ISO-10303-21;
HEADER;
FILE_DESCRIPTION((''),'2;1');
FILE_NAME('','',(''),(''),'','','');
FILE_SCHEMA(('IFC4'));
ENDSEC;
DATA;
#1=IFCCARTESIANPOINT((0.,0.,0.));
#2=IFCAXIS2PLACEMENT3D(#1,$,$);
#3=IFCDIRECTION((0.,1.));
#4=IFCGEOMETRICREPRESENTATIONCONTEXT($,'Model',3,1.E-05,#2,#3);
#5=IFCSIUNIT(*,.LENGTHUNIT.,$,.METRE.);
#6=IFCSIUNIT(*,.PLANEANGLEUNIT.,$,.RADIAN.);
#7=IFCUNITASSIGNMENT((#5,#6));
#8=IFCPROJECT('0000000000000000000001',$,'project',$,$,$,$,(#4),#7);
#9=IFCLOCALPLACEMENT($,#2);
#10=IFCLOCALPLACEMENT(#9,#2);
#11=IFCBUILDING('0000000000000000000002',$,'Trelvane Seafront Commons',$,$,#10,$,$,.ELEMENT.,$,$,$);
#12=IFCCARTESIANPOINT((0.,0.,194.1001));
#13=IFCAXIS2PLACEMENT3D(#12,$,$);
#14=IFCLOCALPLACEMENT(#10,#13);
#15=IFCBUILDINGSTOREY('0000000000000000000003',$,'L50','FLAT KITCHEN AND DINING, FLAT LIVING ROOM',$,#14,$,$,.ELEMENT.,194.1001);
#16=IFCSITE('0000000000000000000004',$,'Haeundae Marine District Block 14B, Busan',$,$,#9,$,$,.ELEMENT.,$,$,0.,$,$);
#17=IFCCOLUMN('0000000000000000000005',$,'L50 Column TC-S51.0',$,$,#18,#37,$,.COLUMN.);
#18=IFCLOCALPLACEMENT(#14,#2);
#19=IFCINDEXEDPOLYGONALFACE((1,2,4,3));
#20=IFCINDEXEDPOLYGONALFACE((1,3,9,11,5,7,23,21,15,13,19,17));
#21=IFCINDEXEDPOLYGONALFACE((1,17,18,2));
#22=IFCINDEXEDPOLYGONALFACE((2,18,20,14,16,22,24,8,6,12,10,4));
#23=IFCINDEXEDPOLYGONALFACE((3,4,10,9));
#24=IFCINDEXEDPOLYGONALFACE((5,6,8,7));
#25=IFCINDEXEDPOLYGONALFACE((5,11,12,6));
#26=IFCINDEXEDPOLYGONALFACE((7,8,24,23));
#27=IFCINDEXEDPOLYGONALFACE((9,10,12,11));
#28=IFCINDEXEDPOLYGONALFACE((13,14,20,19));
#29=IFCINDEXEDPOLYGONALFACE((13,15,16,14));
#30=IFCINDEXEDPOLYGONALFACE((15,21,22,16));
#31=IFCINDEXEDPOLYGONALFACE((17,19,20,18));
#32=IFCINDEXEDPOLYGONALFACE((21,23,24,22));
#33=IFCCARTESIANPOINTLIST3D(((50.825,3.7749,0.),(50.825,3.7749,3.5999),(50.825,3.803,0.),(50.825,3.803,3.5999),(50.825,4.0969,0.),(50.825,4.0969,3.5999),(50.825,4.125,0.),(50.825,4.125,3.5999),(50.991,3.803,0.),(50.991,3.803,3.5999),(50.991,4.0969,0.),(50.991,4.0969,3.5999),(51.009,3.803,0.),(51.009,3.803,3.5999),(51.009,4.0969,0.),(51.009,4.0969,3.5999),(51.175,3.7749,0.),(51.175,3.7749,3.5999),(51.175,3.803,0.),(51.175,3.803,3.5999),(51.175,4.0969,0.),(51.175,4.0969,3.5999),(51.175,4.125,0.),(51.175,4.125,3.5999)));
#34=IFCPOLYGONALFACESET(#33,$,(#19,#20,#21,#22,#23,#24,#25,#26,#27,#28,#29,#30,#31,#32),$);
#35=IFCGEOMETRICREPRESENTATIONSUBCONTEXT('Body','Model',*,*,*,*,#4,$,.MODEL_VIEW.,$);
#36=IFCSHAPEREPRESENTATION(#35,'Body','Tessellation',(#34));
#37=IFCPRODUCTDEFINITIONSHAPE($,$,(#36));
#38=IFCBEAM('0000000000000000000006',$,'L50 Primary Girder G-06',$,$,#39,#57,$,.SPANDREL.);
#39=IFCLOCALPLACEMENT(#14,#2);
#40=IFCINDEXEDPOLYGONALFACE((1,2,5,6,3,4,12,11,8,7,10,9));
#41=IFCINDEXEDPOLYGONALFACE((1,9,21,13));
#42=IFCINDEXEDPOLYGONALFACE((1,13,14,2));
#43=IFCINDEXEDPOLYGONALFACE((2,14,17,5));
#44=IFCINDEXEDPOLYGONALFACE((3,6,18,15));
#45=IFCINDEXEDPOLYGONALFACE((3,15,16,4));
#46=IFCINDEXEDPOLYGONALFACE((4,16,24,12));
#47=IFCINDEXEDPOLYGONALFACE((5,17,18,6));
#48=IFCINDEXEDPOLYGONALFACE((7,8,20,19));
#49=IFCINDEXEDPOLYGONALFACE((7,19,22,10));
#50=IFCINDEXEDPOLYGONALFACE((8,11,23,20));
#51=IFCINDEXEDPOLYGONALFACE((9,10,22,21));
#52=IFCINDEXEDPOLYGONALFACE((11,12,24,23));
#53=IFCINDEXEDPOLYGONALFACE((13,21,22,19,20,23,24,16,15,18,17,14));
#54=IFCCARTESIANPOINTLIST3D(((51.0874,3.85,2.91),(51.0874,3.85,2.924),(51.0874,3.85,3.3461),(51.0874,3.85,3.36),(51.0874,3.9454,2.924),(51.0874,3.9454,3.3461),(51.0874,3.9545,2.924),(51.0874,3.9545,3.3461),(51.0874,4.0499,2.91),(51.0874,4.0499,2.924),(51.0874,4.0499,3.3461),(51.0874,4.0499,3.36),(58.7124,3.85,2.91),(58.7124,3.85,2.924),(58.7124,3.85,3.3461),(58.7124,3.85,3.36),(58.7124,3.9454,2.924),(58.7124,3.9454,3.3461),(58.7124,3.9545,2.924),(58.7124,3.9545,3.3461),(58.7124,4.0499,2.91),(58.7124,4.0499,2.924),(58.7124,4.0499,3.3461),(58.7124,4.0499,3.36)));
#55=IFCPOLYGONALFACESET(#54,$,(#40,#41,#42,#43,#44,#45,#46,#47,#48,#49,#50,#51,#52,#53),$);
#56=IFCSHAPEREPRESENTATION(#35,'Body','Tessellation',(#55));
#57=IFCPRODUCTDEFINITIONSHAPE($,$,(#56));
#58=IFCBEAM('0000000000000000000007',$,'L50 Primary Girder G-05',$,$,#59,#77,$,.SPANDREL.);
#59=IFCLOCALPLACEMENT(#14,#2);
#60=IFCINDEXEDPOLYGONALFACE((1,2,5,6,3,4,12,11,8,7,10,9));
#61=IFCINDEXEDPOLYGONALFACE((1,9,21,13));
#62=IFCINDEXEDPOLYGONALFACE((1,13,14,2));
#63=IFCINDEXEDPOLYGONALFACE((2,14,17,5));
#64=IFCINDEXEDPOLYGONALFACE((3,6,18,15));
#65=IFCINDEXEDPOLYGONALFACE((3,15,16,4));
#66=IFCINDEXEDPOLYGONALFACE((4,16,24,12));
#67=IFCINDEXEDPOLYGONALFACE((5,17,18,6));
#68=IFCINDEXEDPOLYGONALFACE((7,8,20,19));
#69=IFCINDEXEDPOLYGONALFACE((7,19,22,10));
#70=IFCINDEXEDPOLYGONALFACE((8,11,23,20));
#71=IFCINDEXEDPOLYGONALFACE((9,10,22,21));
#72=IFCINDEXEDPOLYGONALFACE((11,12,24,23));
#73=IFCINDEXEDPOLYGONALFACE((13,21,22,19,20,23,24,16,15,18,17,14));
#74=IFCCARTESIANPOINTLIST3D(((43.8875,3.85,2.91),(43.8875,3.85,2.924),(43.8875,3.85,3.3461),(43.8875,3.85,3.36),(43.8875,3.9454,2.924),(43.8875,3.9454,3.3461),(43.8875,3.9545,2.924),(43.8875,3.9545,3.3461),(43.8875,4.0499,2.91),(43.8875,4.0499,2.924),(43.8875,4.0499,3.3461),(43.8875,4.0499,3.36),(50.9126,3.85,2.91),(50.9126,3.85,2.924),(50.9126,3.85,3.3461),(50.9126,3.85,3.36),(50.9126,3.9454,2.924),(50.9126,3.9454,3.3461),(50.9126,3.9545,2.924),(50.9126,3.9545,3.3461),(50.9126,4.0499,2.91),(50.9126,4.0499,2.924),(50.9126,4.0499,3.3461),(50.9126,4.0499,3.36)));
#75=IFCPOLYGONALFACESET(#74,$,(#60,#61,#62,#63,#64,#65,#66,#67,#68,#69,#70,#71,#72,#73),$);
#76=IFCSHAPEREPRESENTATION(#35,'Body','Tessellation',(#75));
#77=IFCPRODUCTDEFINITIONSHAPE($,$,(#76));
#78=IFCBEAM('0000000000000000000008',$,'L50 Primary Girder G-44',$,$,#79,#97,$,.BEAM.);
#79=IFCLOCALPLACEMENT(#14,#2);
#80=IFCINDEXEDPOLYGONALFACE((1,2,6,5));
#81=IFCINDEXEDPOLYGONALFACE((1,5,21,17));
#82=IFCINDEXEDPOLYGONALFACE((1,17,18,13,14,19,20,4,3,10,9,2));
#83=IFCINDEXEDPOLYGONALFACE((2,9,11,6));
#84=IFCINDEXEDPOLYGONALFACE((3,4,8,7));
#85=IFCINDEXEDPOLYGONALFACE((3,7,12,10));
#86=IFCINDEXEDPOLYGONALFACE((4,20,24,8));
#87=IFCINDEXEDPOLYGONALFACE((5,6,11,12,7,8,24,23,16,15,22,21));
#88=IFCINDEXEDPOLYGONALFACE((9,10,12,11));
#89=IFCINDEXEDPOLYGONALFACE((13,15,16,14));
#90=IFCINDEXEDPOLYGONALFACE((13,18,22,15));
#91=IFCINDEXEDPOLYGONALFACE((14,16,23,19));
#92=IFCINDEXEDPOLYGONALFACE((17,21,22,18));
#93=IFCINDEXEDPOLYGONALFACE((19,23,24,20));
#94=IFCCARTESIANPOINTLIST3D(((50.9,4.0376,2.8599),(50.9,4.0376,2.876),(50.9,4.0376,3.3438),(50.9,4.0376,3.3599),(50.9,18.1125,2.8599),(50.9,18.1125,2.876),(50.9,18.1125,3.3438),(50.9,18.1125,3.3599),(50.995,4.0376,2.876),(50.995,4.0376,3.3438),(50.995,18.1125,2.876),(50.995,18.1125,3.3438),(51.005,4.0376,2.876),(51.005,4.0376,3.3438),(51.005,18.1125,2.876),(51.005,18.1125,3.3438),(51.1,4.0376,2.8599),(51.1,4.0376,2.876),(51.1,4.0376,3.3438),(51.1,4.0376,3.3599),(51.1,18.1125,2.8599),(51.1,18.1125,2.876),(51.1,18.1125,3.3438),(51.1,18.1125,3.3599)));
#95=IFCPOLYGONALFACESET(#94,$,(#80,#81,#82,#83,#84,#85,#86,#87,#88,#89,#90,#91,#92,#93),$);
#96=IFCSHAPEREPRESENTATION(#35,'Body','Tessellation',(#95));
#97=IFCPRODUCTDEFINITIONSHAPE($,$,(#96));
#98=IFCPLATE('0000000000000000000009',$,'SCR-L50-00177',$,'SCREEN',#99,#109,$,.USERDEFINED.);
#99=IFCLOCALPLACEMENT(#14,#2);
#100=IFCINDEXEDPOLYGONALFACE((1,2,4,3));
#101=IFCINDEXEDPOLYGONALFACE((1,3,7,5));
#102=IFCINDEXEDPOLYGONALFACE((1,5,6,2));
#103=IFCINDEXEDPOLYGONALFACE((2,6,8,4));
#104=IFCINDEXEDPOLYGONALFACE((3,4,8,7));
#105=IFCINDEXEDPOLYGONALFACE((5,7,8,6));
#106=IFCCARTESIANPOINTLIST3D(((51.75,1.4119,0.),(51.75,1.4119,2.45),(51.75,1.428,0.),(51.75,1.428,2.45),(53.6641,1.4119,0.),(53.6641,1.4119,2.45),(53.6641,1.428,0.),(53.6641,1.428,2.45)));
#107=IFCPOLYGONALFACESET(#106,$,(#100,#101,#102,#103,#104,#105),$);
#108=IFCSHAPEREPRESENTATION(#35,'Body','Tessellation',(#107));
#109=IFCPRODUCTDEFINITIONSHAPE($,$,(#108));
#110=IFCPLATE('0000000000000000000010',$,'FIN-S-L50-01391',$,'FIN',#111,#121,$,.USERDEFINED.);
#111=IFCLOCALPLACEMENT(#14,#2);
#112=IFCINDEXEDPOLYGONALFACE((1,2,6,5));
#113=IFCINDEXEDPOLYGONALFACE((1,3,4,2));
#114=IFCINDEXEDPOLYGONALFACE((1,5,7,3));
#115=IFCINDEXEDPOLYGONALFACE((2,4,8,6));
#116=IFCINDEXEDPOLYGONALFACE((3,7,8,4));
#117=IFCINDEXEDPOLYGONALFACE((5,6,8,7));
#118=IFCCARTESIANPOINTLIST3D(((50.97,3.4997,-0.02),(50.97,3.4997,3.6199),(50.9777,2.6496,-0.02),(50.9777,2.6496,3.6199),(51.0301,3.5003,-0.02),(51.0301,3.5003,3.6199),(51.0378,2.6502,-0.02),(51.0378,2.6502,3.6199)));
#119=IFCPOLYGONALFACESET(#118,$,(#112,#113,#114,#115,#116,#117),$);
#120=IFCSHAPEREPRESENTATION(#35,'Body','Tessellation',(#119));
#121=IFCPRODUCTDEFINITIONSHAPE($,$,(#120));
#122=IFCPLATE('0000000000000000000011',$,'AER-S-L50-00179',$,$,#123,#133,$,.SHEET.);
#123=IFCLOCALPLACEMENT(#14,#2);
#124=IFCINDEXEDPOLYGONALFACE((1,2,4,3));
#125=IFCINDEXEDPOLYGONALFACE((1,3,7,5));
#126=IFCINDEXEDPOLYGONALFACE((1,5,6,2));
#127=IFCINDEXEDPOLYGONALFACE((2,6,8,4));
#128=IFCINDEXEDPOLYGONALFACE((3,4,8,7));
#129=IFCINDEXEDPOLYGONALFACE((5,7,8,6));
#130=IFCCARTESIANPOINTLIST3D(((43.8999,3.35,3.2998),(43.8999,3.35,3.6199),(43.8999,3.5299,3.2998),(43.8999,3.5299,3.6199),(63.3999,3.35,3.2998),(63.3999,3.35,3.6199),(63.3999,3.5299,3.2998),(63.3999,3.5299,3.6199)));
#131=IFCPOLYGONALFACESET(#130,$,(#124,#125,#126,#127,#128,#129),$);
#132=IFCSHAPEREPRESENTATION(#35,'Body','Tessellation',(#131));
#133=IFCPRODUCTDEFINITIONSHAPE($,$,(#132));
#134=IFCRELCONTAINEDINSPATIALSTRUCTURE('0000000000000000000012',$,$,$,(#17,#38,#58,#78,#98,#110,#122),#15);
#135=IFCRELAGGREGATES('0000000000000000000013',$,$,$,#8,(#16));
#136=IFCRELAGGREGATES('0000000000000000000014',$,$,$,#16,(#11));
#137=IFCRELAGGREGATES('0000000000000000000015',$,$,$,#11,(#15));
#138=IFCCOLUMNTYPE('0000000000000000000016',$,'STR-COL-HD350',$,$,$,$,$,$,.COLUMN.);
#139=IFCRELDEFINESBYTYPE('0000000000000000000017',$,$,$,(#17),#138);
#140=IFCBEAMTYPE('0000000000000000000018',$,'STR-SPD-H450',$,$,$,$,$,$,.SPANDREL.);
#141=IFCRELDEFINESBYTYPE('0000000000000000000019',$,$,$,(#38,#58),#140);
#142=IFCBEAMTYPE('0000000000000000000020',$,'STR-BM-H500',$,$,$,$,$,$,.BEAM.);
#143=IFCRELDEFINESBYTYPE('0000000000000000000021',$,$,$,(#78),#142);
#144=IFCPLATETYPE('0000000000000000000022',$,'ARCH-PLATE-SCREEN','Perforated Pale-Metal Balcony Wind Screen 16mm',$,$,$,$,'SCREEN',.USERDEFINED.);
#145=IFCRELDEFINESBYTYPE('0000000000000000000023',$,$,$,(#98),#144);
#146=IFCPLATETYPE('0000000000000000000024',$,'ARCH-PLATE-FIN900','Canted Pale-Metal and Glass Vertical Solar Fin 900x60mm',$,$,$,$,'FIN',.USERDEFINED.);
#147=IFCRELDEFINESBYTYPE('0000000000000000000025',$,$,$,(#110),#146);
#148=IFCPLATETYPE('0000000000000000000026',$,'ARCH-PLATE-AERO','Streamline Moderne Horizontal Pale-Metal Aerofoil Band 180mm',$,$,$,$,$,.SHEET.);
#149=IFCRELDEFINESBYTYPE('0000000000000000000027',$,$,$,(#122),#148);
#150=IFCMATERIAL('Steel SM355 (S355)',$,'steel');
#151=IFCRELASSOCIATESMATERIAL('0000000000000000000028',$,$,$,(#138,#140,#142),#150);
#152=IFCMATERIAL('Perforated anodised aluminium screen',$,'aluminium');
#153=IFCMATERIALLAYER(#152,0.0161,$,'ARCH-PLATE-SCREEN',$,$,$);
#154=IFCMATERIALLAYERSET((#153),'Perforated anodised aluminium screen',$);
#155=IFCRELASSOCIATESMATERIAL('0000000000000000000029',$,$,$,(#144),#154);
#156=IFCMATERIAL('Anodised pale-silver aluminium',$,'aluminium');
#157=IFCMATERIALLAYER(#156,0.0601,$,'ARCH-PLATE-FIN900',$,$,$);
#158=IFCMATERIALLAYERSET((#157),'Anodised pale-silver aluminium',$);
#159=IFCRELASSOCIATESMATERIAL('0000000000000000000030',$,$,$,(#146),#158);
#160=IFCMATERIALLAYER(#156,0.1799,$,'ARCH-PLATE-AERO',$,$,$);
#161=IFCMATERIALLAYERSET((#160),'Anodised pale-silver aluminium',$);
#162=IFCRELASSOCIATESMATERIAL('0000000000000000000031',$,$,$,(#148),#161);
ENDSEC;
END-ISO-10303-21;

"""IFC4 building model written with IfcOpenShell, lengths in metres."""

from ifc_helpers import new_model, si_unit, direction, frame, origin, origin_2d, place, context, subcontext, project, spatial, rectangle, i_section, extrude, source, transform, mapped, material, layer, layer_set, material_profile, profile_set, type_object, element, save


model = new_model("IFC4")

# Units and contexts
model_context = context("Model", 3, precision=1e-05, world=origin(), true_north=direction((0.0, 1.0)))
body_context = subcontext(model_context, "Body", "Model", "MODEL_VIEW")
ifc_project = project(units=[si_unit("LENGTHUNIT", "METRE"), si_unit("PLANEANGLEUNIT", "RADIAN")], contexts=[model_context])

# Site, building, storey
site_placement = place(None, origin())
site = spatial("IfcSite", under=ifc_project, at=site_placement, Name="Haeundae Marine District Block 14B, Busan", CompositionType="ELEMENT", RefElevation=0.0)
building_placement = place(site_placement, origin())
building = spatial("IfcBuilding", under=site, at=building_placement, Name="Trelvane Seafront Commons", CompositionType="ELEMENT")
storey_placement = place(building_placement, frame((0.0, 0.0, 194.1001)))
storey = spatial("IfcBuildingStorey", under=building, at=storey_placement, Name="L50", Description="FLAT KITCHEN AND DINING, FLAT LIVING ROOM", CompositionType="ELEMENT", Elevation=194.1001)

# Column
ifc_material_1 = material(Name="Steel SM355 (S355)", Category="steel")
ifc_material_profile_1 = material_profile(ifc_material_1, i_section(OverallWidth=0.3501, OverallDepth=0.3501, WebThickness=0.0181, FlangeThickness=0.0281, at=origin_2d()), Name="HD-350x350x18x28")
ifc_profile_set_1 = profile_set([ifc_material_profile_1], Name="Steel SM355 (S355)")
column_type = type_object("IfcColumnType", Name="STR-COL-HD350", PredefinedType="COLUMN", material=ifc_profile_set_1)
shared_shape_1 = source(origin(), body_context, "Body", "SweptSolid", [
    extrude(i_section(OverallWidth=0.3501, OverallDepth=0.3501, WebThickness=0.0181, FlangeThickness=0.0281, at=origin_2d()), origin(), (0.0, 0.0, 1.0), 3.5999),
])
column_placement = place(storey_placement, frame((51.0, 3.95, 0.0), z_axis=(0.0, 0.0, 1.0), x_axis=(1.0, 0.0, 0.0)))
element("IfcColumn", 1, at=column_placement, inside=storey, type_object=column_type, Name="L50 Column TC-S51.0", PredefinedType="COLUMN", context=body_context, shape_type="MappedRepresentation", body=[
    mapped(shared_shape_1, transform((0.0, 0.0, 0.0), x_axis=(1.0, 0.0, 0.0), y_axis=(0.0, 1.0, 0.0), z_axis=(0.0, 0.0, 1.0), scale=1.0)),
])

# Beams
ifc_material_profile_2 = material_profile(ifc_material_1, i_section(OverallWidth=0.2, OverallDepth=0.45, WebThickness=0.009, FlangeThickness=0.0139, at=origin_2d()), Name="H-450x200x9x14")
ifc_profile_set_2 = profile_set([ifc_material_profile_2], Name="Steel SM355 (S355)")
beam_type_1 = type_object("IfcBeamType", Name="STR-SPD-H450", PredefinedType="SPANDREL", material=ifc_profile_set_2)
shared_shape_2 = source(origin(), body_context, "Body", "SweptSolid", [
    extrude(i_section(OverallWidth=0.2, OverallDepth=0.45, WebThickness=0.009, FlangeThickness=0.0139, at=origin_2d()), origin(), (0.0, 0.0, 1.0), 7.625),
])
beam_1_placement = place(storey_placement, frame((51.0874, 3.95, 3.135), z_axis=(1.0, 0.0, 0.0), x_axis=(0.0, 1.0, 0.0)))
element("IfcBeam", 2, at=beam_1_placement, inside=storey, type_object=beam_type_1, Name="L50 Primary Girder G-06", PredefinedType="SPANDREL", context=body_context, shape_type="MappedRepresentation", body=[
    mapped(shared_shape_2, transform((0.0, 0.0, 0.0), x_axis=(1.0, 0.0, 0.0), y_axis=(0.0, 1.0, 0.0), z_axis=(0.0, 0.0, 1.0), scale=1.0)),
])
shared_shape_3 = source(origin(), body_context, "Body", "SweptSolid", [
    extrude(i_section(OverallWidth=0.2, OverallDepth=0.45, WebThickness=0.009, FlangeThickness=0.0139, at=origin_2d()), origin(), (0.0, 0.0, 1.0), 7.0251),
])
beam_2_placement = place(storey_placement, frame((43.8875, 3.95, 3.135), z_axis=(1.0, 0.0, 0.0), x_axis=(0.0, 1.0, 0.0)))
element("IfcBeam", 3, at=beam_2_placement, inside=storey, type_object=beam_type_1, Name="L50 Primary Girder G-05", PredefinedType="SPANDREL", context=body_context, shape_type="MappedRepresentation", body=[
    mapped(shared_shape_3, transform((0.0, 0.0, 0.0), x_axis=(1.0, 0.0, 0.0), y_axis=(0.0, 1.0, 0.0), z_axis=(0.0, 0.0, 1.0), scale=1.0)),
])
ifc_material_profile_3 = material_profile(ifc_material_1, i_section(OverallWidth=0.2, OverallDepth=0.5, WebThickness=0.01, FlangeThickness=0.0161, at=origin_2d()), Name="H-500x200x10x16")
ifc_profile_set_3 = profile_set([ifc_material_profile_3], Name="Steel SM355 (S355)")
beam_type_2 = type_object("IfcBeamType", Name="STR-BM-H500", PredefinedType="BEAM", material=ifc_profile_set_3)
shared_shape_4 = source(origin(), body_context, "Body", "SweptSolid", [
    extrude(i_section(OverallWidth=0.2, OverallDepth=0.5, WebThickness=0.01, FlangeThickness=0.0161, at=origin_2d()), origin(), (0.0, 0.0, 1.0), 14.075),
])
beam_3_placement = place(storey_placement, frame((51.0, 4.0376, 3.1099), z_axis=(0.0, 1.0, 0.0), x_axis=(-1.0, 0.0, 0.0)))
element("IfcBeam", 4, at=beam_3_placement, inside=storey, type_object=beam_type_2, Name="L50 Primary Girder G-44", PredefinedType="BEAM", context=body_context, shape_type="MappedRepresentation", body=[
    mapped(shared_shape_4, transform((0.0, 0.0, 0.0), x_axis=(1.0, 0.0, 0.0), y_axis=(0.0, 1.0, 0.0), z_axis=(0.0, 0.0, 1.0), scale=1.0)),
])

# Plates
ifc_material_2 = material(Name="Perforated anodised aluminium screen", Category="aluminium")
ifc_layer_1 = layer(ifc_material_2, 0.0161, Name="ARCH-PLATE-SCREEN")
ifc_layer_set_1 = layer_set([ifc_layer_1], Name="Perforated anodised aluminium screen")
plate_type_1 = type_object("IfcPlateType", Name="ARCH-PLATE-SCREEN", Description="Perforated Pale-Metal Balcony Wind Screen 16mm", ElementType="SCREEN", PredefinedType="USERDEFINED", material=ifc_layer_set_1)
shared_shape_5 = source(origin(), body_context, "Body", "SweptSolid", [
    extrude(rectangle(XDim=1.9141, YDim=0.0161, at=origin_2d()), origin(), (0.0, 0.0, 1.0), 2.45),
])
plate_1_placement = place(storey_placement, frame((52.707, 1.4199, 0.0), z_axis=(0.0, 0.0, 1.0), x_axis=(1.0, 0.0, 0.0)))
element("IfcPlate", 5, at=plate_1_placement, inside=storey, type_object=plate_type_1, Name="SCR-L50-00177", ObjectType="SCREEN", PredefinedType="USERDEFINED", context=body_context, shape_type="MappedRepresentation", body=[
    mapped(shared_shape_5, transform((0.0, 0.0, 0.0), x_axis=(1.0, 0.0, 0.0), y_axis=(0.0, 1.0, 0.0), z_axis=(0.0, 0.0, 1.0), scale=1.0)),
])
ifc_material_3 = material(Name="Anodised pale-silver aluminium", Category="aluminium")
ifc_layer_2 = layer(ifc_material_3, 0.0601, Name="ARCH-PLATE-FIN900")
ifc_layer_set_2 = layer_set([ifc_layer_2], Name="Anodised pale-silver aluminium")
plate_type_2 = type_object("IfcPlateType", Name="ARCH-PLATE-FIN900", Description="Canted Pale-Metal and Glass Vertical Solar Fin 900x60mm", ElementType="FIN", PredefinedType="USERDEFINED", material=ifc_layer_set_2)
shared_shape_6 = source(origin(), body_context, "Body", "SweptSolid", [
    extrude(rectangle(XDim=0.8501, YDim=0.0601, at=origin_2d()), origin(), (0.0, 0.0, 1.0), 3.6399),
])
plate_2_placement = place(storey_placement, frame((51.0039, 3.075, -0.02), z_axis=(0.0, 0.0, 1.0), x_axis=(0.009058, -0.999959, 0.0)))
element("IfcPlate", 6, at=plate_2_placement, inside=storey, type_object=plate_type_2, Name="FIN-S-L50-01391", ObjectType="FIN", PredefinedType="USERDEFINED", context=body_context, shape_type="MappedRepresentation", body=[
    mapped(shared_shape_6, transform((0.0, 0.0, 0.0), x_axis=(1.0, 0.0, 0.0), y_axis=(0.0, 1.0, 0.0), z_axis=(0.0, 0.0, 1.0), scale=1.0)),
])
ifc_layer_3 = layer(ifc_material_3, 0.1799, Name="ARCH-PLATE-AERO")
ifc_layer_set_3 = layer_set([ifc_layer_3], Name="Anodised pale-silver aluminium")
plate_type_3 = type_object("IfcPlateType", Name="ARCH-PLATE-AERO", Description="Streamline Moderne Horizontal Pale-Metal Aerofoil Band 180mm", PredefinedType="SHEET", material=ifc_layer_set_3)
shared_shape_7 = source(origin(), body_context, "Body", "SweptSolid", [
    extrude(rectangle(XDim=19.5, YDim=0.1799, at=origin_2d()), origin(), (0.0, 0.0, 1.0), 0.3201),
])
plate_3_placement = place(storey_placement, frame((53.6499, 3.4399, 3.2998), z_axis=(0.0, 0.0, 1.0), x_axis=(-1.0, 0.0, 0.0)))
element("IfcPlate", 7, at=plate_3_placement, inside=storey, type_object=plate_type_3, Name="AER-S-L50-00179", PredefinedType="SHEET", context=body_context, shape_type="MappedRepresentation", body=[
    mapped(shared_shape_7, transform((0.0, 0.0, 0.0), x_axis=(1.0, 0.0, 0.0), y_axis=(0.0, 1.0, 0.0), z_axis=(0.0, 0.0, 1.0), scale=1.0)),
])

save(model, "model.ifc")
